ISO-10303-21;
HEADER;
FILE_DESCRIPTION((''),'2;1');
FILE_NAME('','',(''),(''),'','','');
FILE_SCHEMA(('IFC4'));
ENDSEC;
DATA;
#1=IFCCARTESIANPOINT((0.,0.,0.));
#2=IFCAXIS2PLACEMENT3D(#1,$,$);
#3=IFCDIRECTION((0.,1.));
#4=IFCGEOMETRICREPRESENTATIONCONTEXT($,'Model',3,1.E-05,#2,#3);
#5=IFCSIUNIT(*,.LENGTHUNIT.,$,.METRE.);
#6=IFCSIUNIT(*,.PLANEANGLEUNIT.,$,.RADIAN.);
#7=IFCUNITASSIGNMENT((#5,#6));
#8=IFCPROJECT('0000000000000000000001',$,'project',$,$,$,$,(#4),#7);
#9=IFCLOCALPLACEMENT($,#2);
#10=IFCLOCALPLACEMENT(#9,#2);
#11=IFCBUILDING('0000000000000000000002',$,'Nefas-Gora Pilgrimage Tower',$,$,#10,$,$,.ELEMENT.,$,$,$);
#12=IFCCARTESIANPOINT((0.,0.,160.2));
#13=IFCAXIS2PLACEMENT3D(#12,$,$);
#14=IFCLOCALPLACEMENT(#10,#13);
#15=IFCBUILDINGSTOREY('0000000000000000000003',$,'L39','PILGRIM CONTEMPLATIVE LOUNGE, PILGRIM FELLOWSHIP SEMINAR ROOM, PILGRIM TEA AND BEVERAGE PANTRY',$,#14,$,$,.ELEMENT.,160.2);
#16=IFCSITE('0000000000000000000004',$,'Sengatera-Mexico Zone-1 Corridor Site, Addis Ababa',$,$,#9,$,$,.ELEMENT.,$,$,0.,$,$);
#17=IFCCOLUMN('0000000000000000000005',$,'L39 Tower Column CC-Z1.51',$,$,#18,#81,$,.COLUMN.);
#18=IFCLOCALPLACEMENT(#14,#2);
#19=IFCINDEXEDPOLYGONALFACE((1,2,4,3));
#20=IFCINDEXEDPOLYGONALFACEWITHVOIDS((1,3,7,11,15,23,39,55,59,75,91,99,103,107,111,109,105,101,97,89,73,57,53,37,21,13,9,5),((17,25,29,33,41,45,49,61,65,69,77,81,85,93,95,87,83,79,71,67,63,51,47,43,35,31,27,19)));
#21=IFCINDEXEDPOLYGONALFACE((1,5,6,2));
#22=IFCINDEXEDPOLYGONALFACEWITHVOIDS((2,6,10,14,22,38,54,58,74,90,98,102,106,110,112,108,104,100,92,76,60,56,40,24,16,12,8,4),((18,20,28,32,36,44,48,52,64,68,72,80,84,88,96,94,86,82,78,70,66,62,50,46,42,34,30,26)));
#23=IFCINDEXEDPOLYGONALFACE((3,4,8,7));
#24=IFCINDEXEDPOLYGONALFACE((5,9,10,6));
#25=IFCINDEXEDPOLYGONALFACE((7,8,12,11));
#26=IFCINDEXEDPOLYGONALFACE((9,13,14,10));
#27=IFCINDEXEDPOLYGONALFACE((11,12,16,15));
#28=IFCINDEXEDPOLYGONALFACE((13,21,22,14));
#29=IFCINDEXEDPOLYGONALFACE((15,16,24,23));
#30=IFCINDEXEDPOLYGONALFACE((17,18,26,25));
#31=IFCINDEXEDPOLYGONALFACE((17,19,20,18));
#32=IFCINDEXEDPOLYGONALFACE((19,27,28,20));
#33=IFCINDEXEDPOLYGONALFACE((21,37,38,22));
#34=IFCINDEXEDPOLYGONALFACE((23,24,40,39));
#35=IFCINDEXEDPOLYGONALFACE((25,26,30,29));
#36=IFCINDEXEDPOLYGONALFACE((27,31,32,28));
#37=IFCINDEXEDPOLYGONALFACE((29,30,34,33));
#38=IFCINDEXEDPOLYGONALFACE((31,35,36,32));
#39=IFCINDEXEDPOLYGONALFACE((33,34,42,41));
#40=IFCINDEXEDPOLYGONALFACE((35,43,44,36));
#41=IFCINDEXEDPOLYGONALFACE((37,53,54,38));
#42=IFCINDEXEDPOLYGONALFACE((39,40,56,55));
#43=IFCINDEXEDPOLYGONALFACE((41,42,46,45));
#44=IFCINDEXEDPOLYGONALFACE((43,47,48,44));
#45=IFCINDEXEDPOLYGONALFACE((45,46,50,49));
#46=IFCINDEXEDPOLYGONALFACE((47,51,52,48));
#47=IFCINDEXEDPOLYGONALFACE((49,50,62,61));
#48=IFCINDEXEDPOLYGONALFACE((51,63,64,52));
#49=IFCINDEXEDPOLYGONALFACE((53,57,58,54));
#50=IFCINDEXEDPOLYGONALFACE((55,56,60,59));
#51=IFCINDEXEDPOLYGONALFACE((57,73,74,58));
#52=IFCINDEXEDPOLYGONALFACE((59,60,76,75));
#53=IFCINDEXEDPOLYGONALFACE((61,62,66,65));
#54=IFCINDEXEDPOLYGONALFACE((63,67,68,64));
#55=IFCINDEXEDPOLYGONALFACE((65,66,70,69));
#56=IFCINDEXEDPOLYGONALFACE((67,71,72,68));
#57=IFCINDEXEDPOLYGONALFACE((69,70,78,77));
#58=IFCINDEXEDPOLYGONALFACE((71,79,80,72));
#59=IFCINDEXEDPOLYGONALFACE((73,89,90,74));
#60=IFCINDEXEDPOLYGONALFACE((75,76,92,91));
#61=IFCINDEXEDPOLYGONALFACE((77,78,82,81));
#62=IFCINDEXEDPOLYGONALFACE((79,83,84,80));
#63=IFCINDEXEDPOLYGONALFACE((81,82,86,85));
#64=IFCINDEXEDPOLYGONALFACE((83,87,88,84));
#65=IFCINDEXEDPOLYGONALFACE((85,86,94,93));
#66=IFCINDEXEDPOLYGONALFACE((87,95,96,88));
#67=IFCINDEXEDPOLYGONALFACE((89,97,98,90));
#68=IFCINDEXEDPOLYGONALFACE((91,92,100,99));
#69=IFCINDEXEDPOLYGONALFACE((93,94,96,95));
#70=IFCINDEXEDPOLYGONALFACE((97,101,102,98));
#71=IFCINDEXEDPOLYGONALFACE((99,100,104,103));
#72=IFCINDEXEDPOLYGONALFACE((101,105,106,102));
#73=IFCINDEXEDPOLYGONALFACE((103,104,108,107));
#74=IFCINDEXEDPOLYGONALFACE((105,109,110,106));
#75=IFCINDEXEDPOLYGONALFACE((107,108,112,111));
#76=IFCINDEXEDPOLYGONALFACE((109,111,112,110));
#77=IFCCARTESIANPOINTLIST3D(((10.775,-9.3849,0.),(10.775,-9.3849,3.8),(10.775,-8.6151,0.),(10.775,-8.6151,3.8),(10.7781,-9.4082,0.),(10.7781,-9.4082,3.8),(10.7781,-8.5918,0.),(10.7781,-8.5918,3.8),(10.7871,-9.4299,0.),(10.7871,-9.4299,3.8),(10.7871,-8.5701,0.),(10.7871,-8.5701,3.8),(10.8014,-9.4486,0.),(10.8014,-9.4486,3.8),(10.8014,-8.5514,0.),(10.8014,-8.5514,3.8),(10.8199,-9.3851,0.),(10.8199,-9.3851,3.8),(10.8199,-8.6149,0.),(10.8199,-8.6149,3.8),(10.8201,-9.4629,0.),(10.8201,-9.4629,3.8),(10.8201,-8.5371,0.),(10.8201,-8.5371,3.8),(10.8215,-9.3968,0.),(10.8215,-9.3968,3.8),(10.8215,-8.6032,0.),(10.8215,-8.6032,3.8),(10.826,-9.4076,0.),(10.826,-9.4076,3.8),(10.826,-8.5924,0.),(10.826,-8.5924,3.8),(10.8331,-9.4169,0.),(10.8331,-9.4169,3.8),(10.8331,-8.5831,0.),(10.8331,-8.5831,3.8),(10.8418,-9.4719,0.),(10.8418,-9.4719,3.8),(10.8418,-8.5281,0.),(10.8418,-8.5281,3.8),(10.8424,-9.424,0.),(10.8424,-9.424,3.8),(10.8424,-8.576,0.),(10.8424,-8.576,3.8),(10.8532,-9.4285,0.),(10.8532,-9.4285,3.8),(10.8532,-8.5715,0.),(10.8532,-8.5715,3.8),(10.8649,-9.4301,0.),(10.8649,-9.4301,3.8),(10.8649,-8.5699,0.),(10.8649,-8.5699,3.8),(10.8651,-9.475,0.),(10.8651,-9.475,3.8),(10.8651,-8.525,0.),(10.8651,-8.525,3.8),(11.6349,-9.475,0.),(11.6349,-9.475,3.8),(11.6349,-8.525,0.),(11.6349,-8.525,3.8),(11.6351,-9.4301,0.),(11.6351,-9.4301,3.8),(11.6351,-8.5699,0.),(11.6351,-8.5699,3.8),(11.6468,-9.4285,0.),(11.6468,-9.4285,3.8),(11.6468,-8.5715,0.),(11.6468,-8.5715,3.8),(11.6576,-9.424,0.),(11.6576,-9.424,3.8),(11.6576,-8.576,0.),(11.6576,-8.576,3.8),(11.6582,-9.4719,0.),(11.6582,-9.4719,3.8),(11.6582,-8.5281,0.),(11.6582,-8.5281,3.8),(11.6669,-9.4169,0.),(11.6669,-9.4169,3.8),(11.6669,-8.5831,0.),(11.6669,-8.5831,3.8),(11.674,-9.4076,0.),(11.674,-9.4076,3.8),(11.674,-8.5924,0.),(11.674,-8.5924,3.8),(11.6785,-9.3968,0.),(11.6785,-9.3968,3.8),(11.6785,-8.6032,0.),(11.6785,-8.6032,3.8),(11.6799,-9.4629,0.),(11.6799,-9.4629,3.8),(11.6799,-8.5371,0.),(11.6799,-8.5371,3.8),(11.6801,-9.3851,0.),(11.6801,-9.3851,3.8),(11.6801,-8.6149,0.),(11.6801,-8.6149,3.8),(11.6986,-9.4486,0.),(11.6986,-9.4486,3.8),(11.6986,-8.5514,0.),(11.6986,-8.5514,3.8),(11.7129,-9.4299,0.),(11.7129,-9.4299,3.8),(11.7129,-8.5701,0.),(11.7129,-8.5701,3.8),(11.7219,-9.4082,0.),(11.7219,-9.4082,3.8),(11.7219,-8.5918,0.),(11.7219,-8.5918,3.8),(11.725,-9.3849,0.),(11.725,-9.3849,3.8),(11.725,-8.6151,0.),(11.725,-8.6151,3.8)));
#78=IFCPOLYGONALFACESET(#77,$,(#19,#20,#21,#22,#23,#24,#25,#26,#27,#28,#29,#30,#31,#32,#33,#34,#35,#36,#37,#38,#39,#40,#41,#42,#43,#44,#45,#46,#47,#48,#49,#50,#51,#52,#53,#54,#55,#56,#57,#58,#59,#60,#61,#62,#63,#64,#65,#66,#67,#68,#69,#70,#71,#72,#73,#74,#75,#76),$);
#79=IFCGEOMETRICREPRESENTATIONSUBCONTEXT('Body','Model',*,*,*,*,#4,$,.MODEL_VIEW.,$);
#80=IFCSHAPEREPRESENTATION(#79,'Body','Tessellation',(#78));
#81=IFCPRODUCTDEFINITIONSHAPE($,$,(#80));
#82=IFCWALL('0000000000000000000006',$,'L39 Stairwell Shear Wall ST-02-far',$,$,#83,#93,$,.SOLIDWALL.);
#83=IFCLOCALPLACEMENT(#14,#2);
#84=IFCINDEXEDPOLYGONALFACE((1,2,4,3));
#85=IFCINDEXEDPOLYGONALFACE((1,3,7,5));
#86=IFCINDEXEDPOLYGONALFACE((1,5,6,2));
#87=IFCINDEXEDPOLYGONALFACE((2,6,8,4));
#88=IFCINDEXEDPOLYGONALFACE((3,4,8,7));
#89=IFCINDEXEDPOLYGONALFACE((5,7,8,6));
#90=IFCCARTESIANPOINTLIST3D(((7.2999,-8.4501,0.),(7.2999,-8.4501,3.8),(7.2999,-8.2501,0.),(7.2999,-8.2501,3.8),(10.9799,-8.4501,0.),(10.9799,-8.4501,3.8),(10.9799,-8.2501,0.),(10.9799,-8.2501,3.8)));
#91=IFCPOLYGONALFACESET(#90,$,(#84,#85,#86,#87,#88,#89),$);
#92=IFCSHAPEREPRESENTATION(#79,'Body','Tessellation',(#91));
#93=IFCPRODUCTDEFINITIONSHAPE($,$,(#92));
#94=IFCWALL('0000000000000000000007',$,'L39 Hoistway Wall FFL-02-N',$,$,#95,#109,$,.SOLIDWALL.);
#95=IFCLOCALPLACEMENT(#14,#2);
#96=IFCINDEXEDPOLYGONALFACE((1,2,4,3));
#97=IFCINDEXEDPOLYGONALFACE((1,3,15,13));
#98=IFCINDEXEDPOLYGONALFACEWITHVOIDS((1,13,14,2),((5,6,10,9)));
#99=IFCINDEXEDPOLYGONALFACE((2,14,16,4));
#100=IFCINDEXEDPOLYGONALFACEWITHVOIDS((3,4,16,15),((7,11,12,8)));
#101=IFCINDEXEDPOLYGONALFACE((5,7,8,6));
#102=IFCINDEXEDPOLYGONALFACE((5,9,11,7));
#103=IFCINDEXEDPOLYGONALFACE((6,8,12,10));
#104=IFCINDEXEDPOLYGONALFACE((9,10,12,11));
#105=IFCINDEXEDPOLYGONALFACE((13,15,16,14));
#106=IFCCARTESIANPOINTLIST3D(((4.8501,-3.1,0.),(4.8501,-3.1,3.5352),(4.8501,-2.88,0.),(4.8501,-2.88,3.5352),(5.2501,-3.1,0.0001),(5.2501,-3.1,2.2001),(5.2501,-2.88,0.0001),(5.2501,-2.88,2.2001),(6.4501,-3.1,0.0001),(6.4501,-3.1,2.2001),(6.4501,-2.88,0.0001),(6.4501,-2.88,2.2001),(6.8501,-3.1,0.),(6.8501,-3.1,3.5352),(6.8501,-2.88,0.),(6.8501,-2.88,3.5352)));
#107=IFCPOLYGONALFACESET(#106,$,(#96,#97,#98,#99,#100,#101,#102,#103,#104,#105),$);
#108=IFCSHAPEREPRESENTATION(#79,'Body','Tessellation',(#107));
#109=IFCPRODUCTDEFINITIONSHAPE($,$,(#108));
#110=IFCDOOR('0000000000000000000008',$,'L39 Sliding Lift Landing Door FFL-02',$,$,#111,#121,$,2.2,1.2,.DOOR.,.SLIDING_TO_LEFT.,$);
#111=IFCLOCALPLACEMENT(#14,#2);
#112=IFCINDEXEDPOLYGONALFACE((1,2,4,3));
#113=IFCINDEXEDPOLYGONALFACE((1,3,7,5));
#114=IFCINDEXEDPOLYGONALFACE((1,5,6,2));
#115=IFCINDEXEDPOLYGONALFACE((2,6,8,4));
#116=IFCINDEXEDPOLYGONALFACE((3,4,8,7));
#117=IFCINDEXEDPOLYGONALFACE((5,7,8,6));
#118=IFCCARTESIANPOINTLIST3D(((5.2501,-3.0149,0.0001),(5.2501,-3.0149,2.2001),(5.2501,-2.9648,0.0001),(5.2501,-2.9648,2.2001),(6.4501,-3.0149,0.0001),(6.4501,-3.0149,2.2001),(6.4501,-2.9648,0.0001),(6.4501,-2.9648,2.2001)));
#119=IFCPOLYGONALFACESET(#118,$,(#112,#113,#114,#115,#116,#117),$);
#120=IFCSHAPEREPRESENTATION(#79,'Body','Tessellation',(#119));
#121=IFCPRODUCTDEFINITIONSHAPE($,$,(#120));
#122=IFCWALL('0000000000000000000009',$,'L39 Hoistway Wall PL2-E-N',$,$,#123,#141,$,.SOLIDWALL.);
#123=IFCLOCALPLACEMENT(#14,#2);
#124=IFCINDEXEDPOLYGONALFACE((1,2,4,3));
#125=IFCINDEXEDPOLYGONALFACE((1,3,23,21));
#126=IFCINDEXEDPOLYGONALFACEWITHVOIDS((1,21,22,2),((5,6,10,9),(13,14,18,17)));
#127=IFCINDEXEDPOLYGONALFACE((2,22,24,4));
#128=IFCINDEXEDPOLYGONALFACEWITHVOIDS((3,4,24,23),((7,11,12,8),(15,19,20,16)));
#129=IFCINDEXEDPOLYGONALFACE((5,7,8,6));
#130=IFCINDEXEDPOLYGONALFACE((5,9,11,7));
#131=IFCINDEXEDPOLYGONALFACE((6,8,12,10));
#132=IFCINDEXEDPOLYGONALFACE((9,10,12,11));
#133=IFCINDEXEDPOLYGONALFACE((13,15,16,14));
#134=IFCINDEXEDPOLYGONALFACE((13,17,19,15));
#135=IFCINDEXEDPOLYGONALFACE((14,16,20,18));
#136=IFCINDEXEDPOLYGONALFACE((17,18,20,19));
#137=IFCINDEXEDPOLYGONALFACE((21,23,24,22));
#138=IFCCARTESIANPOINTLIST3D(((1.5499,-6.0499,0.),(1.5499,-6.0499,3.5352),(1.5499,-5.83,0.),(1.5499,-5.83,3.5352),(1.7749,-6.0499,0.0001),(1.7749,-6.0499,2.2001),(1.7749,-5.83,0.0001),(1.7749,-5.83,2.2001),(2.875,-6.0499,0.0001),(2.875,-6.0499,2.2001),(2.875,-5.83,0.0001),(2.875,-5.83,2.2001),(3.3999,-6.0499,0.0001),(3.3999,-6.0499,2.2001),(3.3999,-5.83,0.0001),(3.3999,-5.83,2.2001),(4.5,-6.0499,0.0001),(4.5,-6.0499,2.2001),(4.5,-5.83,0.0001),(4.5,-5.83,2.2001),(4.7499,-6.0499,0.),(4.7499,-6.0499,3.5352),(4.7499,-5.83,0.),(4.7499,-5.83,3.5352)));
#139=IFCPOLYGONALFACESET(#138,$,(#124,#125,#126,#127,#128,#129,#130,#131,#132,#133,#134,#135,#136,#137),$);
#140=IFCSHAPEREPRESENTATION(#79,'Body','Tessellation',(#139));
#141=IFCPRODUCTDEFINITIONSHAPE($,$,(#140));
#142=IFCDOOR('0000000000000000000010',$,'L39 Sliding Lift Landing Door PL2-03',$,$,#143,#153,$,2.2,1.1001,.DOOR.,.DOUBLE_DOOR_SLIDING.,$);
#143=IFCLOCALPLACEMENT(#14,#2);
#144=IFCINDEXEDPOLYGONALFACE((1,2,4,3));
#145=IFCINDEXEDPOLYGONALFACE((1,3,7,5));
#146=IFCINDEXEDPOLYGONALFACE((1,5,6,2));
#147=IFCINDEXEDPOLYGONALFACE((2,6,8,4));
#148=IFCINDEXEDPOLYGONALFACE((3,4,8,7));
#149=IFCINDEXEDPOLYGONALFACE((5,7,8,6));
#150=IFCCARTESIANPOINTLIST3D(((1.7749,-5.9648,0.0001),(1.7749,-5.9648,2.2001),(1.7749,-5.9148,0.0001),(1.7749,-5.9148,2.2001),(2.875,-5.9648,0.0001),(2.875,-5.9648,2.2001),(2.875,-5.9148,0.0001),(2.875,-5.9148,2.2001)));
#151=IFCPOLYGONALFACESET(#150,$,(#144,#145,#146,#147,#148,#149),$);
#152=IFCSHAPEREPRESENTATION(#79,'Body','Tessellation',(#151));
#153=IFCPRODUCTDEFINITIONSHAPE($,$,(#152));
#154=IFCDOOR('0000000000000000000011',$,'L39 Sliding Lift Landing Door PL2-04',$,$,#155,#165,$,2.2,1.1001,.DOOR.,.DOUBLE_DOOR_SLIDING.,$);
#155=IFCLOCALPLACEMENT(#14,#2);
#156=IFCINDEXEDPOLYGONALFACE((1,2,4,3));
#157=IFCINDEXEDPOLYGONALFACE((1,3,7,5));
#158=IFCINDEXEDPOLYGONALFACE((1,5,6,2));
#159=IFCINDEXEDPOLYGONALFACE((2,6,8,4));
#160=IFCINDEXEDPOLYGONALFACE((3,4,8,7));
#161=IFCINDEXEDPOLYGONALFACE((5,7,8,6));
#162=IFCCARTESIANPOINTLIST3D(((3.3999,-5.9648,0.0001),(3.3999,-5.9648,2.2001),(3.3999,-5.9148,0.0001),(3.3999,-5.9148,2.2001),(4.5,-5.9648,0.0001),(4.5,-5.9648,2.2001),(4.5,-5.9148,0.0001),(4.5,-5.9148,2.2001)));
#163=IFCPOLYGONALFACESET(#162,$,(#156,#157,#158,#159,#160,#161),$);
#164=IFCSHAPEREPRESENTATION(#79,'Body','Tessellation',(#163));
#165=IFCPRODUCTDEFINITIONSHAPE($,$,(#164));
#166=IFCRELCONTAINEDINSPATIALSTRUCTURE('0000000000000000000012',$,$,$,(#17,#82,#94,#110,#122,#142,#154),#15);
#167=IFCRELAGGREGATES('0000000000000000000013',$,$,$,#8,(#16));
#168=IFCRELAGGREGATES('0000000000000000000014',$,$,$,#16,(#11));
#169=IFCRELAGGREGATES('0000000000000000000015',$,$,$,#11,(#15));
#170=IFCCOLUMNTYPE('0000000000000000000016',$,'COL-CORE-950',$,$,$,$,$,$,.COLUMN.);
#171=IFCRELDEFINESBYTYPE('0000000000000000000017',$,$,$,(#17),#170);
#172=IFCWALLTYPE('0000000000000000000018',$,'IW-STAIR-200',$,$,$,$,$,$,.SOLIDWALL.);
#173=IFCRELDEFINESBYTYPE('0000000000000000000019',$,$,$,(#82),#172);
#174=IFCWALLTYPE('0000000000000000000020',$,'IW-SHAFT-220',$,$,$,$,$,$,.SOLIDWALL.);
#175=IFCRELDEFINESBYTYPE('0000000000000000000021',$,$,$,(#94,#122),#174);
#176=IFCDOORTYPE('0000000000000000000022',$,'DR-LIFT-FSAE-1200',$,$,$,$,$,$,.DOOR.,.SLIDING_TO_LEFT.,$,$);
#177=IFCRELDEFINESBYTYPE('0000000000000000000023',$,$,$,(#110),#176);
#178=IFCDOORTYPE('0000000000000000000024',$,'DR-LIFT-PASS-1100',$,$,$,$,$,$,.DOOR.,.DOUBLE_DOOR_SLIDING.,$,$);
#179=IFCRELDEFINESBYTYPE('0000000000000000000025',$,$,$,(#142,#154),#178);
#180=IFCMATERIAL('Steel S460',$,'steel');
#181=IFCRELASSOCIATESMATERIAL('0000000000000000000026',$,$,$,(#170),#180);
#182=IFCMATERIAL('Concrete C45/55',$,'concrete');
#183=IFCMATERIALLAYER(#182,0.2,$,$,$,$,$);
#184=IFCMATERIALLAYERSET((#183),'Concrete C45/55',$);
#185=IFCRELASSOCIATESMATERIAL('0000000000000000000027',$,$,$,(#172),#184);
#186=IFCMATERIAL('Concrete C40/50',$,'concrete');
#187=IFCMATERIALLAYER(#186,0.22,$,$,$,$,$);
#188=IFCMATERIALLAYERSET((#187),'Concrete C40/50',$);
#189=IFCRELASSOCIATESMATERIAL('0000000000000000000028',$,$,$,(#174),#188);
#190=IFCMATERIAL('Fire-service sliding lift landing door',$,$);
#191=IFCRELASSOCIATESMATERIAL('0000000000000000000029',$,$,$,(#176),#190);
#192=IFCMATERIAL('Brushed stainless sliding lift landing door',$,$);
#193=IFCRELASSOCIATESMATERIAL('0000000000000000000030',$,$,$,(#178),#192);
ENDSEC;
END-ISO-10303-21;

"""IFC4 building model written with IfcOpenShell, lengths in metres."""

from ifc_helpers import new_model, si_unit, direction, frame, frame_2d, origin, origin_2d, place, context, subcontext, project, spatial, rectangle, hollow_rectangle, extrude, source, transform, mapped, material, layer, layer_set, material_profile, profile_set, type_object, element, fill, save


model = new_model("IFC4")

# Units and contexts
model_context = context("Model", 3, precision=1e-05, world=origin(), true_north=direction((0.0, 1.0)))
body_context = subcontext(model_context, "Body", "Model", "MODEL_VIEW")
ifc_project = project(units=[si_unit("LENGTHUNIT", "METRE"), si_unit("PLANEANGLEUNIT", "RADIAN")], contexts=[model_context])

# Site, building, storey
site_placement = place(None, origin())
site = spatial("IfcSite", under=ifc_project, at=site_placement, Name="Sengatera-Mexico Zone-1 Corridor Site, Addis Ababa", CompositionType="ELEMENT", RefElevation=0.0)
building_placement = place(site_placement, origin())
building = spatial("IfcBuilding", under=site, at=building_placement, Name="Nefas-Gora Pilgrimage Tower", CompositionType="ELEMENT")
storey_placement = place(building_placement, frame((0.0, 0.0, 160.2)))
storey = spatial("IfcBuildingStorey", under=building, at=storey_placement, Name="L39", Description="PILGRIM CONTEMPLATIVE LOUNGE, PILGRIM FELLOWSHIP SEMINAR ROOM, PILGRIM TEA AND BEVERAGE PANTRY", CompositionType="ELEMENT", Elevation=160.2)

# Column
ifc_material_1 = material(Name="Steel S460", Category="steel")
ifc_material_profile = material_profile(ifc_material_1, hollow_rectangle(XDim=0.95, YDim=0.95, WallThickness=0.0449, InnerFilletRadius=0.0449, OuterFilletRadius=0.0901, at=origin_2d()), Name="BOX 950x950x45")
ifc_profile_set = profile_set([ifc_material_profile], Name="Steel S460")
column_type = type_object("IfcColumnType", Name="COL-CORE-950", PredefinedType="COLUMN", material=ifc_profile_set)
shared_shape_1 = source(origin(), body_context, "Body", "SweptSolid", [
    extrude(hollow_rectangle(XDim=0.95, YDim=0.95, WallThickness=0.0449, InnerFilletRadius=0.0449, OuterFilletRadius=0.0901, at=origin_2d()), origin(), (0.0, 0.0, 1.0), 3.8),
])
column_placement = place(storey_placement, frame((11.25, -9.0, 0.0), z_axis=(0.0, 0.0, 1.0), x_axis=(1.0, 0.0, 0.0)))
element("IfcColumn", 1, at=column_placement, inside=storey, type_object=column_type, Name="L39 Tower Column CC-Z1.51", PredefinedType="COLUMN", context=body_context, shape_type="MappedRepresentation", body=[
    mapped(shared_shape_1, transform((0.0, 0.0, 0.0), x_axis=(1.0, 0.0, 0.0), y_axis=(0.0, 1.0, 0.0), z_axis=(0.0, 0.0, 1.0), scale=1.0)),
])

# Wall
ifc_material_2 = material(Name="Concrete C45/55", Category="concrete")
ifc_layer_1 = layer(ifc_material_2, 0.2)
ifc_layer_set_1 = layer_set([ifc_layer_1], Name="Concrete C45/55")
wall_type_1 = type_object("IfcWallType", Name="IW-STAIR-200", PredefinedType="SOLIDWALL", material=ifc_layer_set_1)
shared_shape_2 = source(origin(), body_context, "Body", "SweptSolid", [
    extrude(rectangle(XDim=3.6799, YDim=0.2, at=frame_2d((1.8398, 0.0))), origin(), (0.0, 0.0, 1.0), 3.8),
])
wall_1_placement = place(storey_placement, frame((7.3, -8.3501, 0.0), z_axis=(0.0, 0.0, 1.0), x_axis=(1.0, 0.0, 0.0)))
element("IfcWall", 2, at=wall_1_placement, inside=storey, type_object=wall_type_1, Name="L39 Stairwell Shear Wall ST-02-far", PredefinedType="SOLIDWALL", context=body_context, shape_type="MappedRepresentation", body=[
    mapped(shared_shape_2, transform((0.0, 0.0, 0.0), x_axis=(1.0, 0.0, 0.0), y_axis=(0.0, 1.0, 0.0), z_axis=(0.0, 0.0, 1.0), scale=1.0)),
])

# Wall, opening, door
ifc_material_3 = material(Name="Concrete C40/50", Category="concrete")
ifc_layer_2 = layer(ifc_material_3, 0.22)
ifc_layer_set_2 = layer_set([ifc_layer_2], Name="Concrete C40/50")
wall_type_2 = type_object("IfcWallType", Name="IW-SHAFT-220", PredefinedType="SOLIDWALL", material=ifc_layer_set_2)
shared_shape_3 = source(origin(), body_context, "Body", "SweptSolid", [
    extrude(rectangle(XDim=2.0, YDim=0.22, at=frame_2d((1.0, 0.0))), origin(), (0.0, 0.0, 1.0), 3.5352),
])
wall_2_placement = place(storey_placement, frame((6.8501, -2.99, 0.0), z_axis=(0.0, 0.0, 1.0), x_axis=(-1.0, 0.0, 0.0)))
wall_2 = element("IfcWall", 3, at=wall_2_placement, inside=storey, type_object=wall_type_2, Name="L39 Hoistway Wall FFL-02-N", PredefinedType="SOLIDWALL", context=body_context, shape_type="MappedRepresentation", body=[
    mapped(shared_shape_3, transform((0.0, 0.0, 0.0), x_axis=(1.0, 0.0, 0.0), y_axis=(0.0, 1.0, 0.0), z_axis=(0.0, 0.0, 1.0), scale=1.0)),
])
opening_1_placement = place(wall_2_placement, frame((0.3999, 0.0, 0.0)))
opening_1 = element("IfcOpeningElement", 4, at=opening_1_placement, cuts=wall_2, PredefinedType="OPENING", context=body_context, shape_type="SweptSolid", body=[
    extrude(rectangle(XDim=1.2, YDim=2.2, at=frame_2d((0.6001, 1.1001))), frame((0.0, 0.1199, 0.0), z_axis=(0.0, -1.0, 0.0), x_axis=(1.0, 0.0, 0.0)), (0.0, 0.0, 1.0), 0.24),
])
ifc_material_4 = material(Name="Fire-service sliding lift landing door")
door_type_1 = type_object("IfcDoorType", Name="DR-LIFT-FSAE-1200", OperationType="SLIDING_TO_LEFT", PredefinedType="DOOR", material=ifc_material_4)
shared_shape_4 = source(origin(), body_context, "Body", "SweptSolid", [
    extrude(rectangle(XDim=1.2, YDim=2.2, at=frame_2d((0.6001, 1.1001))), frame((0.0, 0.0249, 0.0), z_axis=(0.0, -1.0, 0.0), x_axis=(1.0, 0.0, 0.0)), (0.0, 0.0, 1.0), 0.05),
])
door_1_placement = place(opening_1_placement, origin())
door_1 = element("IfcDoor", 5, at=door_1_placement, inside=storey, type_object=door_type_1, Name="L39 Sliding Lift Landing Door FFL-02", OperationType="SLIDING_TO_LEFT", OverallHeight=2.2, OverallWidth=1.2, PredefinedType="DOOR", context=body_context, shape_type="MappedRepresentation", body=[
    mapped(shared_shape_4, transform((0.0, 0.0, 0.0), x_axis=(1.0, 0.0, 0.0), y_axis=(0.0, 1.0, 0.0), z_axis=(0.0, 0.0, 1.0), scale=1.0)),
])
fill(opening_1, door_1)

# Wall, openings, doors
shared_shape_5 = source(origin(), body_context, "Body", "SweptSolid", [
    extrude(rectangle(XDim=3.2, YDim=0.22, at=frame_2d((1.6001, 0.0))), origin(), (0.0, 0.0, 1.0), 3.5352),
])
wall_3_placement = place(storey_placement, frame((4.75, -5.9399, 0.0), z_axis=(0.0, 0.0, 1.0), x_axis=(-1.0, 0.0, 0.0)))
wall_3 = element("IfcWall", 6, at=wall_3_placement, inside=storey, type_object=wall_type_2, Name="L39 Hoistway Wall PL2-E-N", PredefinedType="SOLIDWALL", context=body_context, shape_type="MappedRepresentation", body=[
    mapped(shared_shape_5, transform((0.0, 0.0, 0.0), x_axis=(1.0, 0.0, 0.0), y_axis=(0.0, 1.0, 0.0), z_axis=(0.0, 0.0, 1.0), scale=1.0)),
])
opening_2_placement = place(wall_3_placement, frame((1.875, 0.0, 0.0)))
opening_2 = element("IfcOpeningElement", 7, at=opening_2_placement, cuts=wall_3, PredefinedType="OPENING", context=body_context, shape_type="SweptSolid", body=[
    extrude(rectangle(XDim=1.1001, YDim=2.2, at=frame_2d((0.55, 1.1001))), frame((0.0, 0.1199, 0.0), z_axis=(0.0, -1.0, 0.0), x_axis=(1.0, 0.0, 0.0)), (0.0, 0.0, 1.0), 0.24),
])
opening_3_placement = place(wall_3_placement, frame((0.25, 0.0, 0.0)))
opening_3 = element("IfcOpeningElement", 8, at=opening_3_placement, cuts=wall_3, PredefinedType="OPENING", context=body_context, shape_type="SweptSolid", body=[
    extrude(rectangle(XDim=1.1001, YDim=2.2, at=frame_2d((0.55, 1.1001))), frame((0.0, 0.1199, 0.0), z_axis=(0.0, -1.0, 0.0), x_axis=(1.0, 0.0, 0.0)), (0.0, 0.0, 1.0), 0.24),
])
ifc_material_5 = material(Name="Brushed stainless sliding lift landing door")
door_type_2 = type_object("IfcDoorType", Name="DR-LIFT-PASS-1100", OperationType="DOUBLE_DOOR_SLIDING", PredefinedType="DOOR", material=ifc_material_5)
shared_shape_6 = source(origin(), body_context, "Body", "SweptSolid", [
    extrude(rectangle(XDim=1.1001, YDim=2.2, at=frame_2d((0.55, 1.1001))), frame((0.0, 0.0249, 0.0), z_axis=(0.0, -1.0, 0.0), x_axis=(1.0, 0.0, 0.0)), (0.0, 0.0, 1.0), 0.05),
])
door_2_placement = place(opening_2_placement, origin())
door_2 = element("IfcDoor", 9, at=door_2_placement, inside=storey, type_object=door_type_2, Name="L39 Sliding Lift Landing Door PL2-03", OperationType="DOUBLE_DOOR_SLIDING", OverallHeight=2.2, OverallWidth=1.1001, PredefinedType="DOOR", context=body_context, shape_type="MappedRepresentation", body=[
    mapped(shared_shape_6, transform((0.0, 0.0, 0.0), x_axis=(1.0, 0.0, 0.0), y_axis=(0.0, 1.0, 0.0), z_axis=(0.0, 0.0, 1.0), scale=1.0)),
])
fill(opening_2, door_2)
door_3_placement = place(opening_3_placement, origin())
door_3 = element("IfcDoor", 10, at=door_3_placement, inside=storey, type_object=door_type_2, Name="L39 Sliding Lift Landing Door PL2-04", OperationType="DOUBLE_DOOR_SLIDING", OverallHeight=2.2, OverallWidth=1.1001, PredefinedType="DOOR", context=body_context, shape_type="MappedRepresentation", body=[
    mapped(shared_shape_6, transform((0.0, 0.0, 0.0), x_axis=(1.0, 0.0, 0.0), y_axis=(0.0, 1.0, 0.0), z_axis=(0.0, 0.0, 1.0), scale=1.0)),
])
fill(opening_3, door_3)

save(model, "model.ifc")
